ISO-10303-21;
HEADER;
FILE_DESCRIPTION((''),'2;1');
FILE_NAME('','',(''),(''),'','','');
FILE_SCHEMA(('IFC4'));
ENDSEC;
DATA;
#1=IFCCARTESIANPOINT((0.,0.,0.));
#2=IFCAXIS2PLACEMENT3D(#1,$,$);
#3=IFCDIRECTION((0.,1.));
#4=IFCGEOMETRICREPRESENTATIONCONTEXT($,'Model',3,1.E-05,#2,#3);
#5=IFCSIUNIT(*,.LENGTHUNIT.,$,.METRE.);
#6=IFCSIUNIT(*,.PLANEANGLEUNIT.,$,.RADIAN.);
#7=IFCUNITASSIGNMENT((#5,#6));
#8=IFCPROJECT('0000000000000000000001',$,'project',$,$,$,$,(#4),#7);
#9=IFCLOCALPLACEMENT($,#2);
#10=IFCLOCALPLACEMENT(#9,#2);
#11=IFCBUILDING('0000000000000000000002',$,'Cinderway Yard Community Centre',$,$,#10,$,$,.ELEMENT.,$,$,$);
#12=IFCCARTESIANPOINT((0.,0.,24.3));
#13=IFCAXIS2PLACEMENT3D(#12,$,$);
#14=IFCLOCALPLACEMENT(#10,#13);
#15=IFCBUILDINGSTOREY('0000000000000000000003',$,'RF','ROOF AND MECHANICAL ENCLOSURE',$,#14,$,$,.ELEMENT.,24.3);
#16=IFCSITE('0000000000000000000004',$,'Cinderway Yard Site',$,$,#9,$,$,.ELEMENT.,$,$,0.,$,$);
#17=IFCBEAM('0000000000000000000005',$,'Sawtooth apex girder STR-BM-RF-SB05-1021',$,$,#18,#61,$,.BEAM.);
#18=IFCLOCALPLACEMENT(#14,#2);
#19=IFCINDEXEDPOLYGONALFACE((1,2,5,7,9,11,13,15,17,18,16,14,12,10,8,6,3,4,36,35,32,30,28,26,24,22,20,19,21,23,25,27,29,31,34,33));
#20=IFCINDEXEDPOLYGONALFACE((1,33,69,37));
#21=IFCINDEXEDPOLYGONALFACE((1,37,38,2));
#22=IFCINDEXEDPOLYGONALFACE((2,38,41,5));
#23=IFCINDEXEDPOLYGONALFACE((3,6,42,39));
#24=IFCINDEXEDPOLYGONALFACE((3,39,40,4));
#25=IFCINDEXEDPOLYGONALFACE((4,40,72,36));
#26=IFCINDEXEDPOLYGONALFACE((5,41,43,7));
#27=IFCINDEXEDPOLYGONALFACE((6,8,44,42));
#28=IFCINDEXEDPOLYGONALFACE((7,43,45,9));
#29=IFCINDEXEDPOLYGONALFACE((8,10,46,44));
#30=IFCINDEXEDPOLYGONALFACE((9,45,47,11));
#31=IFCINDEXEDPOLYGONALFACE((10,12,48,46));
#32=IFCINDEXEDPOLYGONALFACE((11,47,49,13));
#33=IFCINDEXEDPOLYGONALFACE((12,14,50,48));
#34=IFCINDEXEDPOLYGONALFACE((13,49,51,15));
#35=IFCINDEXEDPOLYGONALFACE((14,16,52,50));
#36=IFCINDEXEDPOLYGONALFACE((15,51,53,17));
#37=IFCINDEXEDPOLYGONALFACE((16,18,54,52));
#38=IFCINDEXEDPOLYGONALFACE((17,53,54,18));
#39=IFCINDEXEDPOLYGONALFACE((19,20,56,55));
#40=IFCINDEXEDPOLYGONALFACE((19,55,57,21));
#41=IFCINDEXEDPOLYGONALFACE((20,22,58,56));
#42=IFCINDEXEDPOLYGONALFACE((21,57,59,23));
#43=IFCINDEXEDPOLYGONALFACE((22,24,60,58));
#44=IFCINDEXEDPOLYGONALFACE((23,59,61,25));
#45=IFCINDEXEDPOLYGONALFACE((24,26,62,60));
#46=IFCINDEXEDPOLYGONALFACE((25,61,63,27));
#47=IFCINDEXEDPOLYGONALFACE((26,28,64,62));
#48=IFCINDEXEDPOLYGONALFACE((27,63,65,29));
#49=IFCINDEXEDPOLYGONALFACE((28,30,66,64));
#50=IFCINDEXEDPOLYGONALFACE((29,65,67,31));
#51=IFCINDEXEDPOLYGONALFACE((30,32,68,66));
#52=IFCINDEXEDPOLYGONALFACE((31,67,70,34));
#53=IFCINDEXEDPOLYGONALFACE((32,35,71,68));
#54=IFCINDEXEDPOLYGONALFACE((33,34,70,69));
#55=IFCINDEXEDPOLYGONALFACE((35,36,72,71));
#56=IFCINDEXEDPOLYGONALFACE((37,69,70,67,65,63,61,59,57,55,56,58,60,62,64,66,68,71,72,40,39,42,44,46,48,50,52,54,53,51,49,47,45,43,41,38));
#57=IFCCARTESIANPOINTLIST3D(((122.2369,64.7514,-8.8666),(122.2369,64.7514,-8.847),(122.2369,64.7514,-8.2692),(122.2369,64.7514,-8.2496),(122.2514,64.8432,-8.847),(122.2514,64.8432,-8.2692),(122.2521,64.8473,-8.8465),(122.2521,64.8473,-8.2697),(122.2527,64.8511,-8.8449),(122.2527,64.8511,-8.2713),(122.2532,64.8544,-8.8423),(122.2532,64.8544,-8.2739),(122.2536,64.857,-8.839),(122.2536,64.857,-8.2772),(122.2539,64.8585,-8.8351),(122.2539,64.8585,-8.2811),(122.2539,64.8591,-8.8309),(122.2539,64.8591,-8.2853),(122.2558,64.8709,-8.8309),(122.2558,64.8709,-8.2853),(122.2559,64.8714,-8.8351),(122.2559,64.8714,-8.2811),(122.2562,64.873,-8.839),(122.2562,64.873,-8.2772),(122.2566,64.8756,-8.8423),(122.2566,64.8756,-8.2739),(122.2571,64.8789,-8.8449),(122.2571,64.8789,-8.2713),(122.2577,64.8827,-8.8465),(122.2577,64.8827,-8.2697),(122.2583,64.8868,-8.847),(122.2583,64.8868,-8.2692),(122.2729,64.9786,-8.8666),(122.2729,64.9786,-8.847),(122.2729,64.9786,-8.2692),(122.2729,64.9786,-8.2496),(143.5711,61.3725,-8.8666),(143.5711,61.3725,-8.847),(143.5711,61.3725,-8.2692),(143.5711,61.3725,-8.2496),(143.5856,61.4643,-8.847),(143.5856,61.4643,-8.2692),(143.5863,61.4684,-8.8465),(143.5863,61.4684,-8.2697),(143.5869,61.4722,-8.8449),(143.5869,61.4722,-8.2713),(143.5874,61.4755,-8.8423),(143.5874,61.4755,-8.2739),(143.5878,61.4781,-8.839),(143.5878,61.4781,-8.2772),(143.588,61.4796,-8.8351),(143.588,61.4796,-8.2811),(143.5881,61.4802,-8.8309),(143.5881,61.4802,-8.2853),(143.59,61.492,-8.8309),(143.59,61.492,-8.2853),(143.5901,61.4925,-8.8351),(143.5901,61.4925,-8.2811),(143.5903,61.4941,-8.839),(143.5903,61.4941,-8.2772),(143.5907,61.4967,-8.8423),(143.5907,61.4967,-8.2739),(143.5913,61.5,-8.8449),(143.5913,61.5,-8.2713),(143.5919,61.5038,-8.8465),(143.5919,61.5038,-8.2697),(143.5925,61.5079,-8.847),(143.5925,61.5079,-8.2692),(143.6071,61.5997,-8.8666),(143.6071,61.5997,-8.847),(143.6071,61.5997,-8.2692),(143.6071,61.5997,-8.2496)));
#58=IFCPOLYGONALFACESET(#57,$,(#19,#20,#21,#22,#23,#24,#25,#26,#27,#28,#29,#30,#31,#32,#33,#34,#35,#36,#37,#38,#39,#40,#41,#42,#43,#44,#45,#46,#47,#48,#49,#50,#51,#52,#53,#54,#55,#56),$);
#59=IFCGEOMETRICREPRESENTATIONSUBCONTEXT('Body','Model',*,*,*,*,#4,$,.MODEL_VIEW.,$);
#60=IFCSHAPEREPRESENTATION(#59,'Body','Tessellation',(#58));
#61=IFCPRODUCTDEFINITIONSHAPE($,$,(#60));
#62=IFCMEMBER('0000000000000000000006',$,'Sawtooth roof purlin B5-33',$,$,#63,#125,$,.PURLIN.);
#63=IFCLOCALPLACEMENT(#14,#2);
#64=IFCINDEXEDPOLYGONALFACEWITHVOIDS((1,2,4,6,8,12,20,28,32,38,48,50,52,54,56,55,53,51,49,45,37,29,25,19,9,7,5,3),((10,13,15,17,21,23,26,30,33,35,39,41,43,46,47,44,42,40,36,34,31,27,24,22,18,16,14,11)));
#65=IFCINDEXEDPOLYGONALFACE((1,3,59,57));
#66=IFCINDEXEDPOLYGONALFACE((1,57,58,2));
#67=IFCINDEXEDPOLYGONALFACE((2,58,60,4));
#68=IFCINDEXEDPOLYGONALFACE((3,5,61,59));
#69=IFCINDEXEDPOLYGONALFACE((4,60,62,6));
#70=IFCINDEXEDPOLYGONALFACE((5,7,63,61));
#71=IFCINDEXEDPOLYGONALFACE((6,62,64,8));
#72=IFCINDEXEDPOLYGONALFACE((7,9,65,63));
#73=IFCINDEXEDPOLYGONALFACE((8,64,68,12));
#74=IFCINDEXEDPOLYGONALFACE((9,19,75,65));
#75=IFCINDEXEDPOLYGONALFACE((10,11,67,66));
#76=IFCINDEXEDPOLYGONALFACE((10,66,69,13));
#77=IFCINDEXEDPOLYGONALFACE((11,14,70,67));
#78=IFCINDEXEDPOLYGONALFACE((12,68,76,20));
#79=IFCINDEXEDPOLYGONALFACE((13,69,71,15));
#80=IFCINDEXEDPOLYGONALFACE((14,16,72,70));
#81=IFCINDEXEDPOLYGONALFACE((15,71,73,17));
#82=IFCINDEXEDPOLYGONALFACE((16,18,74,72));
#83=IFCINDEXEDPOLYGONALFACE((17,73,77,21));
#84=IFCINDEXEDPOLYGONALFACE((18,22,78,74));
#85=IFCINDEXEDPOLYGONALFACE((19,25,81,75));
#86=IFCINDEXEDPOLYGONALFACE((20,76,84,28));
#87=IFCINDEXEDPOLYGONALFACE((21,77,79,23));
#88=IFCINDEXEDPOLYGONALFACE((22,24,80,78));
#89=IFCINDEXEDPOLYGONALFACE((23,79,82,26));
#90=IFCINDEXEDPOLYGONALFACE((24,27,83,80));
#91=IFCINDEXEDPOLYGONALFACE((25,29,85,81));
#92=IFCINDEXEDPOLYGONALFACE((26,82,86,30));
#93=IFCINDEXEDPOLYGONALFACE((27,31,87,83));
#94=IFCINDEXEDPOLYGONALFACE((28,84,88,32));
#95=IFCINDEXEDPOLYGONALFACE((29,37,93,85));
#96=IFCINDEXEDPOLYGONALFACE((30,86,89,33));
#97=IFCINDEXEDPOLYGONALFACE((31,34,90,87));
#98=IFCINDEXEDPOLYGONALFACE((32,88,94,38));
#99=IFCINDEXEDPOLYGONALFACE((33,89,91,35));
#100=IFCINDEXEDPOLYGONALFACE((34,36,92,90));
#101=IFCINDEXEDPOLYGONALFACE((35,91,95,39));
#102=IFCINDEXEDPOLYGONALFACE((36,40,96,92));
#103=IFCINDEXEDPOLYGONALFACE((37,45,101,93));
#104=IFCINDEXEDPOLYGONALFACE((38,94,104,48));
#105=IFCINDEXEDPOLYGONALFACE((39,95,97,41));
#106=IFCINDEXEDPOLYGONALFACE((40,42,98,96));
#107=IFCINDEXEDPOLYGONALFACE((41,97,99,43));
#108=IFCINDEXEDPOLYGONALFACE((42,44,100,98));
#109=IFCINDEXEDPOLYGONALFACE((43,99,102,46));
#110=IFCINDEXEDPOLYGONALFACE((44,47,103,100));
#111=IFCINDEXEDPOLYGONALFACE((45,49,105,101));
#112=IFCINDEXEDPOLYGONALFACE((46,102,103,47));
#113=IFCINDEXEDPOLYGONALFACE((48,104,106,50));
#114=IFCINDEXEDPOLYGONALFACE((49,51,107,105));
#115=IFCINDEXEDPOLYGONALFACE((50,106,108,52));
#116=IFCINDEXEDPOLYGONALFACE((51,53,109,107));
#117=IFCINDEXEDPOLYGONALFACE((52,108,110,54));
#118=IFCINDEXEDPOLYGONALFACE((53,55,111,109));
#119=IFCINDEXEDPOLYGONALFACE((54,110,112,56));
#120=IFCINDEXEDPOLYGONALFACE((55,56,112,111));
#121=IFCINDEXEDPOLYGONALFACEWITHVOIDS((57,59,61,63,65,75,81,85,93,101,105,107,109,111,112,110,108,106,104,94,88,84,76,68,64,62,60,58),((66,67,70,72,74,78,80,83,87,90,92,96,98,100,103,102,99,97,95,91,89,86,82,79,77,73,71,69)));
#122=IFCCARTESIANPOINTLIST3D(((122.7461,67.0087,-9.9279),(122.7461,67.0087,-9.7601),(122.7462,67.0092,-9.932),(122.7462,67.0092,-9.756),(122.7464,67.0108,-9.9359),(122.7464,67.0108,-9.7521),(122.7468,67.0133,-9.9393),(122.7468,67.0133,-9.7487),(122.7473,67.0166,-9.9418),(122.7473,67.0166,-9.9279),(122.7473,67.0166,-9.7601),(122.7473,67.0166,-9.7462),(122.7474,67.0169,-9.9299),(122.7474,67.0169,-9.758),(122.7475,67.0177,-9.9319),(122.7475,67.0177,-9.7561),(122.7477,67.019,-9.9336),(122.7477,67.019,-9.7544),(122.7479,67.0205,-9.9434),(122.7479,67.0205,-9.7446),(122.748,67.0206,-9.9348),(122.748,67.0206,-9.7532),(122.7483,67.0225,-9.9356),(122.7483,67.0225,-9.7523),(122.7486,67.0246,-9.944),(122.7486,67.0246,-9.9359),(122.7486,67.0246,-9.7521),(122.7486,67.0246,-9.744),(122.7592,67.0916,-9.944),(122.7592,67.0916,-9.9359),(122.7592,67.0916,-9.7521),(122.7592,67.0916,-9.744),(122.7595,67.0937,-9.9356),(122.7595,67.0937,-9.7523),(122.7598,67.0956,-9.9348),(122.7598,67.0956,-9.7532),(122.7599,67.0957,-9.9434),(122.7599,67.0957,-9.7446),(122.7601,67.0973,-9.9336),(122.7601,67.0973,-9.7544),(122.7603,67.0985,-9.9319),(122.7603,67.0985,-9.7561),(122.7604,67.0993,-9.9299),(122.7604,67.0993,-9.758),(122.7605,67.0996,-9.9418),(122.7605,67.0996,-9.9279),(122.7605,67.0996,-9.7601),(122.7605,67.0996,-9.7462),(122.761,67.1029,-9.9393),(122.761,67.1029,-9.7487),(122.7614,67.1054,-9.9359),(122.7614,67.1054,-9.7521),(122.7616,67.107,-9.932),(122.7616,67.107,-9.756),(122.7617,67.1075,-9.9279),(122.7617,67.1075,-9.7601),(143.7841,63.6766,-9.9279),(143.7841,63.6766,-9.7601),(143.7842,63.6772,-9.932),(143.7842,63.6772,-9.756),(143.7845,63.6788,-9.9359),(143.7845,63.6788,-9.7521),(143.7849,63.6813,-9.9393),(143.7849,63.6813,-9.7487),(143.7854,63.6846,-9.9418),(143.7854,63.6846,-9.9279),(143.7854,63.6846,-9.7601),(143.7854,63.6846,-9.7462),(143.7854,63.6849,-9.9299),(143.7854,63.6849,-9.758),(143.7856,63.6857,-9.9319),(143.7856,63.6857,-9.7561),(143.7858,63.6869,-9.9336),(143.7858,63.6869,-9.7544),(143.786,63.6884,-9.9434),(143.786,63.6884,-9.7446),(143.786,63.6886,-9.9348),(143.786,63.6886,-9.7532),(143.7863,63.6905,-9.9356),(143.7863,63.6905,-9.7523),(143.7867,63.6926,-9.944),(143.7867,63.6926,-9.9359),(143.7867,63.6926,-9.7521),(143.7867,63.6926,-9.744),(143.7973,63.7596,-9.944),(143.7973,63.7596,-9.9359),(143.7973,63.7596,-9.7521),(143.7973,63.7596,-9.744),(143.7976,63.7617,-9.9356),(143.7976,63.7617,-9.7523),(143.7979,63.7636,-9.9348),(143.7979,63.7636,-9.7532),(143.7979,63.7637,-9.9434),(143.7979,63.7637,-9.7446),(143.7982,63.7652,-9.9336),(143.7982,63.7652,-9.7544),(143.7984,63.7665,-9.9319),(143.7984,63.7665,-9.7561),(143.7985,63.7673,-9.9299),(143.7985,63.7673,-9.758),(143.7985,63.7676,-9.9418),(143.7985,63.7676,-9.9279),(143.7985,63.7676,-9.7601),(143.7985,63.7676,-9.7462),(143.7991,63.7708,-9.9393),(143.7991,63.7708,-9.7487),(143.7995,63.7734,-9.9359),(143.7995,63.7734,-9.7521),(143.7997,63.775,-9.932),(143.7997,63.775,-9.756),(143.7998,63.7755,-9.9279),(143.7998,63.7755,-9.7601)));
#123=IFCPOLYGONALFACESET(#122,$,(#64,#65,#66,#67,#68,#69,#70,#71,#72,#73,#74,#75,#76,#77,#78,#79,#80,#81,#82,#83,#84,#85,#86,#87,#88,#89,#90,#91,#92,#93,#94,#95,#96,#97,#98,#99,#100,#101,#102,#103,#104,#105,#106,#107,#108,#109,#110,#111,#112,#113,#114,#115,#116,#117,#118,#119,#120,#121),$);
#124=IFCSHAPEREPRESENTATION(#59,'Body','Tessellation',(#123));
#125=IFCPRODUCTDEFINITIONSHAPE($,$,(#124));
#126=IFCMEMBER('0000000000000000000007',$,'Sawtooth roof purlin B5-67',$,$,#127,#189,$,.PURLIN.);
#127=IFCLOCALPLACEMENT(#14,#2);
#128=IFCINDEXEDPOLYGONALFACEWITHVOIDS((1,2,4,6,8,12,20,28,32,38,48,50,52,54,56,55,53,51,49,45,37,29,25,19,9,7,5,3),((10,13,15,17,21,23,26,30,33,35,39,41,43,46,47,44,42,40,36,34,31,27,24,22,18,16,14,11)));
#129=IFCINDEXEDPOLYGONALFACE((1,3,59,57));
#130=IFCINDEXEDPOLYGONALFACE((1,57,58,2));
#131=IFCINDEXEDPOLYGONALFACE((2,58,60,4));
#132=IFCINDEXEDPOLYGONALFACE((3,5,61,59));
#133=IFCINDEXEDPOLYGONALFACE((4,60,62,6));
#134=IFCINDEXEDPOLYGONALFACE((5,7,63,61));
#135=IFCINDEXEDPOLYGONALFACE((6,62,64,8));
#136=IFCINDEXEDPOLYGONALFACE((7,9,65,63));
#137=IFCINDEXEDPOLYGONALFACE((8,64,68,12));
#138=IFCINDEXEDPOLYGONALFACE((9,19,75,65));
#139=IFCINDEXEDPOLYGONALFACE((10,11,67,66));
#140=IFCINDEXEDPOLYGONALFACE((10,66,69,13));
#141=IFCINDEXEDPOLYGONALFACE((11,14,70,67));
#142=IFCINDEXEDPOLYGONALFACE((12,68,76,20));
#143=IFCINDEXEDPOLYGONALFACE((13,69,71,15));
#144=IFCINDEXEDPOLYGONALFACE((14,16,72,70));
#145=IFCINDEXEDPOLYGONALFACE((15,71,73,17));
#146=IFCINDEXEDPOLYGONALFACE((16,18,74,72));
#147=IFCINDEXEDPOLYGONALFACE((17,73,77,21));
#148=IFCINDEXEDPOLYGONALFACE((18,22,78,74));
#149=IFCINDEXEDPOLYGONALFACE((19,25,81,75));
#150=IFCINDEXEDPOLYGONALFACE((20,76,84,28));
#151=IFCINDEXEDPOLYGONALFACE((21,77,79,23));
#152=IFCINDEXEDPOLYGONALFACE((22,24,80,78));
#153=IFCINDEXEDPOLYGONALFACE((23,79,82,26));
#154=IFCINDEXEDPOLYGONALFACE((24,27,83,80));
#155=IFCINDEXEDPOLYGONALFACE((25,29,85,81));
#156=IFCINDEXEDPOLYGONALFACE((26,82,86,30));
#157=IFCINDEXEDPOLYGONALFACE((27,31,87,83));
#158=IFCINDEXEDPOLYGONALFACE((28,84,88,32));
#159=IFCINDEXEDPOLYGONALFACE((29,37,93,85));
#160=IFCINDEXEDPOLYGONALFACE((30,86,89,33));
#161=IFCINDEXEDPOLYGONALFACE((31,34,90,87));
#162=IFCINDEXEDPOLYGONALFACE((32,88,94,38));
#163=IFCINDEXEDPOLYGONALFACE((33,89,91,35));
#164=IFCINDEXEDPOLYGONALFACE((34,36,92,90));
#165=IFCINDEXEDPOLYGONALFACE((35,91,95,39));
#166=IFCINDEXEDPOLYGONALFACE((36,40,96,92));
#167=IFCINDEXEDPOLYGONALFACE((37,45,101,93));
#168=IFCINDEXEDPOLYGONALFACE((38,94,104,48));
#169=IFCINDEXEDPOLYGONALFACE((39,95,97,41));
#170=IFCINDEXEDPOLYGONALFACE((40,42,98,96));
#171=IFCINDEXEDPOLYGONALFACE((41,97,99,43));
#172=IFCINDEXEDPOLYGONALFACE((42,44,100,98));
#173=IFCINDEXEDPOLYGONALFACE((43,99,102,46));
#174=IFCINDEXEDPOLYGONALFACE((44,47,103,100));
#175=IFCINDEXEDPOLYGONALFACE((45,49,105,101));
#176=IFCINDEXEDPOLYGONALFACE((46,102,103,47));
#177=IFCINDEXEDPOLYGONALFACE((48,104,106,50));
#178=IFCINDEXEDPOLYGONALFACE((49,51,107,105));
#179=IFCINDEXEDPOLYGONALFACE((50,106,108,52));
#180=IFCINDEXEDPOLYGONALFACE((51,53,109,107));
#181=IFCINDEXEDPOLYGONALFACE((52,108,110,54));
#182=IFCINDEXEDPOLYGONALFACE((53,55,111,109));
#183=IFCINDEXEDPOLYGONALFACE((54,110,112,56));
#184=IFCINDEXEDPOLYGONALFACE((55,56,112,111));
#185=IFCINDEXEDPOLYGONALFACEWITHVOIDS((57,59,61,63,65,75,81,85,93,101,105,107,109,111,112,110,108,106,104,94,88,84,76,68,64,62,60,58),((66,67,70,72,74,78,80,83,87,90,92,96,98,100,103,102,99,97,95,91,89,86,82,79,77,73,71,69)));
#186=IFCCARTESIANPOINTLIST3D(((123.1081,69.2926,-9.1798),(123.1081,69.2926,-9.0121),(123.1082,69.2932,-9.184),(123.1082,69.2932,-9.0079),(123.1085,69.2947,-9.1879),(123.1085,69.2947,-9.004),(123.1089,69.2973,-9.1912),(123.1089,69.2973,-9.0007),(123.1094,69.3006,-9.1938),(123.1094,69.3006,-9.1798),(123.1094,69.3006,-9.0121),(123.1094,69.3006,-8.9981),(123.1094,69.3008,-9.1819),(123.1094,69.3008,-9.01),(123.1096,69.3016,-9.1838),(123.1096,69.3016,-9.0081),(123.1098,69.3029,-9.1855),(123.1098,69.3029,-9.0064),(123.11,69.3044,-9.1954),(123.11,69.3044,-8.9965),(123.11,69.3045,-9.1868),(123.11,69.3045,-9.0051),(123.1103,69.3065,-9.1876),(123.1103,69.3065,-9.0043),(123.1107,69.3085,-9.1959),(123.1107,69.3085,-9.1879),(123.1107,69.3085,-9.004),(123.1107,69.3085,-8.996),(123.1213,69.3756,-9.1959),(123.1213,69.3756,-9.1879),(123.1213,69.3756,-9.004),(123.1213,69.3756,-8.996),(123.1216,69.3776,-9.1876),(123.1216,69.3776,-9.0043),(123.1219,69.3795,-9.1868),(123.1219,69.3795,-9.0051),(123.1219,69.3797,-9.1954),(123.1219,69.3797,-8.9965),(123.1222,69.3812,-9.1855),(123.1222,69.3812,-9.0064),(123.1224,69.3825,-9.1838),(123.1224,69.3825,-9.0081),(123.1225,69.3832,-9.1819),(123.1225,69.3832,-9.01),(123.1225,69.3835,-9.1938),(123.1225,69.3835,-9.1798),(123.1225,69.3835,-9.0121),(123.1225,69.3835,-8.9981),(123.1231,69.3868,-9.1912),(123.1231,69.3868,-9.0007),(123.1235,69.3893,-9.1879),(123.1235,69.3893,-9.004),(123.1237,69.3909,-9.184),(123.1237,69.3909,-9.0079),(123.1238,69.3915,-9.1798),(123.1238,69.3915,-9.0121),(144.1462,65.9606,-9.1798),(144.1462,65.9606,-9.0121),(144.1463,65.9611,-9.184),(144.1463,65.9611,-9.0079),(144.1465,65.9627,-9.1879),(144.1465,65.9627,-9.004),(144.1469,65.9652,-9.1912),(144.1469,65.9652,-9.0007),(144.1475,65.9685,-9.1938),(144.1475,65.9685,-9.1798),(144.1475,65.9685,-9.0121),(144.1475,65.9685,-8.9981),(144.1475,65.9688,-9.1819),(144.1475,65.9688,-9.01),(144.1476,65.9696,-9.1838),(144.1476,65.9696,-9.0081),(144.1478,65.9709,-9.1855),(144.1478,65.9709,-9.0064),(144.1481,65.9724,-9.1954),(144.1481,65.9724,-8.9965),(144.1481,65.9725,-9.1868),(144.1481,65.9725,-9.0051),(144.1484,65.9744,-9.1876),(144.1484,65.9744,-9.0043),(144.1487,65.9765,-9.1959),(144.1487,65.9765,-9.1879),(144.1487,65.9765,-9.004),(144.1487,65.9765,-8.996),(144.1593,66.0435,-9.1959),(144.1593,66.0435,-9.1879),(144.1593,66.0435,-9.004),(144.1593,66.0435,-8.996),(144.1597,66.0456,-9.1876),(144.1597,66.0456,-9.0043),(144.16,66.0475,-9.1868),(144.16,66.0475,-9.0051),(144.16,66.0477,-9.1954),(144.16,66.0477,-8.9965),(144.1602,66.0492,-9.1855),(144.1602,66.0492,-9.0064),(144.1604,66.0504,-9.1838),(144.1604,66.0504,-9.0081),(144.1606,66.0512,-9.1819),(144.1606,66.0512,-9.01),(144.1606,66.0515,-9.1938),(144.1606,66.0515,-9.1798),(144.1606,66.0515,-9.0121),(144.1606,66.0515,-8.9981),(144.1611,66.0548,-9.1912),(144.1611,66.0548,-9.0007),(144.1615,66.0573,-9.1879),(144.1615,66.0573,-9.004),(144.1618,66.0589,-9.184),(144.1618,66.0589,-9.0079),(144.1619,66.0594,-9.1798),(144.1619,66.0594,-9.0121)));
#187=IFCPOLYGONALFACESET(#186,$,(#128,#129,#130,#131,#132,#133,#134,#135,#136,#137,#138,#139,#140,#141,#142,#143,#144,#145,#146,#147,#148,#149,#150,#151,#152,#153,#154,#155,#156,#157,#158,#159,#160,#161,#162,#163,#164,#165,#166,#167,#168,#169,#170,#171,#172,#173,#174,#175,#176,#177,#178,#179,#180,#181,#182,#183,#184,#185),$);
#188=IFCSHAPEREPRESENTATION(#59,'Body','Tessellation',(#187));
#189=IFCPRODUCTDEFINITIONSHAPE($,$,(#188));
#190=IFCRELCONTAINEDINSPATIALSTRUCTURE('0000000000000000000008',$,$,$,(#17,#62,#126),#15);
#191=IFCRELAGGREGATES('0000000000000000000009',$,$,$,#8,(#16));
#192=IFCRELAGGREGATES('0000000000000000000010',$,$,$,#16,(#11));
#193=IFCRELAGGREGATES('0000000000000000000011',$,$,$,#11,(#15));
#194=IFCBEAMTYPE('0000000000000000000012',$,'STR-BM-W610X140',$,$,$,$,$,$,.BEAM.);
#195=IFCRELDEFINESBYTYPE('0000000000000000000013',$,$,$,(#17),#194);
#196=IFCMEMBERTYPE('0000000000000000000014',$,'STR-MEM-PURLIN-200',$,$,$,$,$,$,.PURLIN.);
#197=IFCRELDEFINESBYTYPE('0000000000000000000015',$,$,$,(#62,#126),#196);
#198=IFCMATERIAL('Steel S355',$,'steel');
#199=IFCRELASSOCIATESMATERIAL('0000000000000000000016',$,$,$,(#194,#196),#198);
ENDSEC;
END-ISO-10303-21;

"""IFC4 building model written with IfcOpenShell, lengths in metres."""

from ifc_helpers import new_model, si_unit, direction, frame, origin, origin_2d, place, context, subcontext, project, spatial, hollow_rectangle, i_section, extrude, material, material_profile, profile_set, type_object, element, save


model = new_model("IFC4")

# Units and contexts
model_context = context("Model", 3, precision=1e-05, world=origin(), true_north=direction((0.0, 1.0)))
body_context = subcontext(model_context, "Body", "Model", "MODEL_VIEW")
ifc_project = project(units=[si_unit("LENGTHUNIT", "METRE"), si_unit("PLANEANGLEUNIT", "RADIAN")], contexts=[model_context])

# Site, building, storey
site_placement = place(None, origin())
site = spatial("IfcSite", under=ifc_project, at=site_placement, Name="Cinderway Yard Site", CompositionType="ELEMENT", RefElevation=0.0)
building_placement = place(site_placement, origin())
building = spatial("IfcBuilding", under=site, at=building_placement, Name="Cinderway Yard Community Centre", CompositionType="ELEMENT")
storey_placement = place(building_placement, frame((0.0, 0.0, 24.3)))
storey = spatial("IfcBuildingStorey", under=building, at=storey_placement, Name="RF", Description="ROOF AND MECHANICAL ENCLOSURE", CompositionType="ELEMENT", Elevation=24.3)

# Beam
ifc_material_1 = material(Name="Steel S355", Category="steel")
ifc_material_profile_1 = material_profile(ifc_material_1, i_section(OverallWidth=0.23, OverallDepth=0.6169, WebThickness=0.012, FlangeThickness=0.0195, FilletRadius=0.0161, at=origin_2d()), Name="Steel S355")
ifc_profile_set_1 = profile_set([ifc_material_profile_1], Name="Steel S355")
beam_type_1 = type_object("IfcBeamType", Name="STR-BM-W610X140", PredefinedType="BEAM", material=ifc_profile_set_1)
beam_1_placement = place(storey_placement, frame((122.2549, 64.865, -8.5581), z_axis=(0.987689, -0.15643, 0.0), x_axis=(0.15643, 0.987689, 0.0)))
element("IfcBeam", 1, at=beam_1_placement, inside=storey, type_object=beam_type_1, Name="Sawtooth apex girder STR-BM-RF-SB05-1021", PredefinedType="BEAM", context=body_context, shape_type="SweptSolid", body=[
    extrude(i_section(OverallWidth=0.23, OverallDepth=0.6169, WebThickness=0.012, FlangeThickness=0.0195, FilletRadius=0.0161, at=origin_2d()), origin(), (0.0, 0.0, 1.0), 21.6001),
])

# Members
ifc_material_profile_2 = material_profile(ifc_material_1, hollow_rectangle(XDim=0.1001, YDim=0.2, WallThickness=0.0081, InnerFilletRadius=0.0081, OuterFilletRadius=0.0161, at=origin_2d()), Name="Steel S355")
ifc_profile_set_2 = profile_set([ifc_material_profile_2], Name="Steel S355")
member_type_1 = type_object("IfcMemberType", Name="STR-MEM-PURLIN-200", PredefinedType="PURLIN", material=ifc_profile_set_2)
for number, where, z_axis, x_axis, name in (
    (2, (122.7539, 67.0581, -9.844), (0.987689, -0.156431, 0.0), (0.156431, 0.987689, 0.0), "Sawtooth roof purlin B5-33"),
    (3, (123.116, 69.342, -9.0959), (0.987689, -0.156431, 0.0), (0.156431, 0.987689, 0.0), "Sawtooth roof purlin B5-67"),
):
    element("IfcMember", number, at=place(storey_placement, frame(where, z_axis=z_axis, x_axis=x_axis)), inside=storey, type_object=member_type_1, Name=name, PredefinedType="PURLIN", context=body_context, shape_type="SweptSolid", body=[
        extrude(hollow_rectangle(XDim=0.1001, YDim=0.2, WallThickness=0.0081, InnerFilletRadius=0.0081, OuterFilletRadius=0.0161, at=origin_2d()), origin(), (0.0, 0.0, 1.0), 21.3003),
    ])

save(model, "model.ifc")
